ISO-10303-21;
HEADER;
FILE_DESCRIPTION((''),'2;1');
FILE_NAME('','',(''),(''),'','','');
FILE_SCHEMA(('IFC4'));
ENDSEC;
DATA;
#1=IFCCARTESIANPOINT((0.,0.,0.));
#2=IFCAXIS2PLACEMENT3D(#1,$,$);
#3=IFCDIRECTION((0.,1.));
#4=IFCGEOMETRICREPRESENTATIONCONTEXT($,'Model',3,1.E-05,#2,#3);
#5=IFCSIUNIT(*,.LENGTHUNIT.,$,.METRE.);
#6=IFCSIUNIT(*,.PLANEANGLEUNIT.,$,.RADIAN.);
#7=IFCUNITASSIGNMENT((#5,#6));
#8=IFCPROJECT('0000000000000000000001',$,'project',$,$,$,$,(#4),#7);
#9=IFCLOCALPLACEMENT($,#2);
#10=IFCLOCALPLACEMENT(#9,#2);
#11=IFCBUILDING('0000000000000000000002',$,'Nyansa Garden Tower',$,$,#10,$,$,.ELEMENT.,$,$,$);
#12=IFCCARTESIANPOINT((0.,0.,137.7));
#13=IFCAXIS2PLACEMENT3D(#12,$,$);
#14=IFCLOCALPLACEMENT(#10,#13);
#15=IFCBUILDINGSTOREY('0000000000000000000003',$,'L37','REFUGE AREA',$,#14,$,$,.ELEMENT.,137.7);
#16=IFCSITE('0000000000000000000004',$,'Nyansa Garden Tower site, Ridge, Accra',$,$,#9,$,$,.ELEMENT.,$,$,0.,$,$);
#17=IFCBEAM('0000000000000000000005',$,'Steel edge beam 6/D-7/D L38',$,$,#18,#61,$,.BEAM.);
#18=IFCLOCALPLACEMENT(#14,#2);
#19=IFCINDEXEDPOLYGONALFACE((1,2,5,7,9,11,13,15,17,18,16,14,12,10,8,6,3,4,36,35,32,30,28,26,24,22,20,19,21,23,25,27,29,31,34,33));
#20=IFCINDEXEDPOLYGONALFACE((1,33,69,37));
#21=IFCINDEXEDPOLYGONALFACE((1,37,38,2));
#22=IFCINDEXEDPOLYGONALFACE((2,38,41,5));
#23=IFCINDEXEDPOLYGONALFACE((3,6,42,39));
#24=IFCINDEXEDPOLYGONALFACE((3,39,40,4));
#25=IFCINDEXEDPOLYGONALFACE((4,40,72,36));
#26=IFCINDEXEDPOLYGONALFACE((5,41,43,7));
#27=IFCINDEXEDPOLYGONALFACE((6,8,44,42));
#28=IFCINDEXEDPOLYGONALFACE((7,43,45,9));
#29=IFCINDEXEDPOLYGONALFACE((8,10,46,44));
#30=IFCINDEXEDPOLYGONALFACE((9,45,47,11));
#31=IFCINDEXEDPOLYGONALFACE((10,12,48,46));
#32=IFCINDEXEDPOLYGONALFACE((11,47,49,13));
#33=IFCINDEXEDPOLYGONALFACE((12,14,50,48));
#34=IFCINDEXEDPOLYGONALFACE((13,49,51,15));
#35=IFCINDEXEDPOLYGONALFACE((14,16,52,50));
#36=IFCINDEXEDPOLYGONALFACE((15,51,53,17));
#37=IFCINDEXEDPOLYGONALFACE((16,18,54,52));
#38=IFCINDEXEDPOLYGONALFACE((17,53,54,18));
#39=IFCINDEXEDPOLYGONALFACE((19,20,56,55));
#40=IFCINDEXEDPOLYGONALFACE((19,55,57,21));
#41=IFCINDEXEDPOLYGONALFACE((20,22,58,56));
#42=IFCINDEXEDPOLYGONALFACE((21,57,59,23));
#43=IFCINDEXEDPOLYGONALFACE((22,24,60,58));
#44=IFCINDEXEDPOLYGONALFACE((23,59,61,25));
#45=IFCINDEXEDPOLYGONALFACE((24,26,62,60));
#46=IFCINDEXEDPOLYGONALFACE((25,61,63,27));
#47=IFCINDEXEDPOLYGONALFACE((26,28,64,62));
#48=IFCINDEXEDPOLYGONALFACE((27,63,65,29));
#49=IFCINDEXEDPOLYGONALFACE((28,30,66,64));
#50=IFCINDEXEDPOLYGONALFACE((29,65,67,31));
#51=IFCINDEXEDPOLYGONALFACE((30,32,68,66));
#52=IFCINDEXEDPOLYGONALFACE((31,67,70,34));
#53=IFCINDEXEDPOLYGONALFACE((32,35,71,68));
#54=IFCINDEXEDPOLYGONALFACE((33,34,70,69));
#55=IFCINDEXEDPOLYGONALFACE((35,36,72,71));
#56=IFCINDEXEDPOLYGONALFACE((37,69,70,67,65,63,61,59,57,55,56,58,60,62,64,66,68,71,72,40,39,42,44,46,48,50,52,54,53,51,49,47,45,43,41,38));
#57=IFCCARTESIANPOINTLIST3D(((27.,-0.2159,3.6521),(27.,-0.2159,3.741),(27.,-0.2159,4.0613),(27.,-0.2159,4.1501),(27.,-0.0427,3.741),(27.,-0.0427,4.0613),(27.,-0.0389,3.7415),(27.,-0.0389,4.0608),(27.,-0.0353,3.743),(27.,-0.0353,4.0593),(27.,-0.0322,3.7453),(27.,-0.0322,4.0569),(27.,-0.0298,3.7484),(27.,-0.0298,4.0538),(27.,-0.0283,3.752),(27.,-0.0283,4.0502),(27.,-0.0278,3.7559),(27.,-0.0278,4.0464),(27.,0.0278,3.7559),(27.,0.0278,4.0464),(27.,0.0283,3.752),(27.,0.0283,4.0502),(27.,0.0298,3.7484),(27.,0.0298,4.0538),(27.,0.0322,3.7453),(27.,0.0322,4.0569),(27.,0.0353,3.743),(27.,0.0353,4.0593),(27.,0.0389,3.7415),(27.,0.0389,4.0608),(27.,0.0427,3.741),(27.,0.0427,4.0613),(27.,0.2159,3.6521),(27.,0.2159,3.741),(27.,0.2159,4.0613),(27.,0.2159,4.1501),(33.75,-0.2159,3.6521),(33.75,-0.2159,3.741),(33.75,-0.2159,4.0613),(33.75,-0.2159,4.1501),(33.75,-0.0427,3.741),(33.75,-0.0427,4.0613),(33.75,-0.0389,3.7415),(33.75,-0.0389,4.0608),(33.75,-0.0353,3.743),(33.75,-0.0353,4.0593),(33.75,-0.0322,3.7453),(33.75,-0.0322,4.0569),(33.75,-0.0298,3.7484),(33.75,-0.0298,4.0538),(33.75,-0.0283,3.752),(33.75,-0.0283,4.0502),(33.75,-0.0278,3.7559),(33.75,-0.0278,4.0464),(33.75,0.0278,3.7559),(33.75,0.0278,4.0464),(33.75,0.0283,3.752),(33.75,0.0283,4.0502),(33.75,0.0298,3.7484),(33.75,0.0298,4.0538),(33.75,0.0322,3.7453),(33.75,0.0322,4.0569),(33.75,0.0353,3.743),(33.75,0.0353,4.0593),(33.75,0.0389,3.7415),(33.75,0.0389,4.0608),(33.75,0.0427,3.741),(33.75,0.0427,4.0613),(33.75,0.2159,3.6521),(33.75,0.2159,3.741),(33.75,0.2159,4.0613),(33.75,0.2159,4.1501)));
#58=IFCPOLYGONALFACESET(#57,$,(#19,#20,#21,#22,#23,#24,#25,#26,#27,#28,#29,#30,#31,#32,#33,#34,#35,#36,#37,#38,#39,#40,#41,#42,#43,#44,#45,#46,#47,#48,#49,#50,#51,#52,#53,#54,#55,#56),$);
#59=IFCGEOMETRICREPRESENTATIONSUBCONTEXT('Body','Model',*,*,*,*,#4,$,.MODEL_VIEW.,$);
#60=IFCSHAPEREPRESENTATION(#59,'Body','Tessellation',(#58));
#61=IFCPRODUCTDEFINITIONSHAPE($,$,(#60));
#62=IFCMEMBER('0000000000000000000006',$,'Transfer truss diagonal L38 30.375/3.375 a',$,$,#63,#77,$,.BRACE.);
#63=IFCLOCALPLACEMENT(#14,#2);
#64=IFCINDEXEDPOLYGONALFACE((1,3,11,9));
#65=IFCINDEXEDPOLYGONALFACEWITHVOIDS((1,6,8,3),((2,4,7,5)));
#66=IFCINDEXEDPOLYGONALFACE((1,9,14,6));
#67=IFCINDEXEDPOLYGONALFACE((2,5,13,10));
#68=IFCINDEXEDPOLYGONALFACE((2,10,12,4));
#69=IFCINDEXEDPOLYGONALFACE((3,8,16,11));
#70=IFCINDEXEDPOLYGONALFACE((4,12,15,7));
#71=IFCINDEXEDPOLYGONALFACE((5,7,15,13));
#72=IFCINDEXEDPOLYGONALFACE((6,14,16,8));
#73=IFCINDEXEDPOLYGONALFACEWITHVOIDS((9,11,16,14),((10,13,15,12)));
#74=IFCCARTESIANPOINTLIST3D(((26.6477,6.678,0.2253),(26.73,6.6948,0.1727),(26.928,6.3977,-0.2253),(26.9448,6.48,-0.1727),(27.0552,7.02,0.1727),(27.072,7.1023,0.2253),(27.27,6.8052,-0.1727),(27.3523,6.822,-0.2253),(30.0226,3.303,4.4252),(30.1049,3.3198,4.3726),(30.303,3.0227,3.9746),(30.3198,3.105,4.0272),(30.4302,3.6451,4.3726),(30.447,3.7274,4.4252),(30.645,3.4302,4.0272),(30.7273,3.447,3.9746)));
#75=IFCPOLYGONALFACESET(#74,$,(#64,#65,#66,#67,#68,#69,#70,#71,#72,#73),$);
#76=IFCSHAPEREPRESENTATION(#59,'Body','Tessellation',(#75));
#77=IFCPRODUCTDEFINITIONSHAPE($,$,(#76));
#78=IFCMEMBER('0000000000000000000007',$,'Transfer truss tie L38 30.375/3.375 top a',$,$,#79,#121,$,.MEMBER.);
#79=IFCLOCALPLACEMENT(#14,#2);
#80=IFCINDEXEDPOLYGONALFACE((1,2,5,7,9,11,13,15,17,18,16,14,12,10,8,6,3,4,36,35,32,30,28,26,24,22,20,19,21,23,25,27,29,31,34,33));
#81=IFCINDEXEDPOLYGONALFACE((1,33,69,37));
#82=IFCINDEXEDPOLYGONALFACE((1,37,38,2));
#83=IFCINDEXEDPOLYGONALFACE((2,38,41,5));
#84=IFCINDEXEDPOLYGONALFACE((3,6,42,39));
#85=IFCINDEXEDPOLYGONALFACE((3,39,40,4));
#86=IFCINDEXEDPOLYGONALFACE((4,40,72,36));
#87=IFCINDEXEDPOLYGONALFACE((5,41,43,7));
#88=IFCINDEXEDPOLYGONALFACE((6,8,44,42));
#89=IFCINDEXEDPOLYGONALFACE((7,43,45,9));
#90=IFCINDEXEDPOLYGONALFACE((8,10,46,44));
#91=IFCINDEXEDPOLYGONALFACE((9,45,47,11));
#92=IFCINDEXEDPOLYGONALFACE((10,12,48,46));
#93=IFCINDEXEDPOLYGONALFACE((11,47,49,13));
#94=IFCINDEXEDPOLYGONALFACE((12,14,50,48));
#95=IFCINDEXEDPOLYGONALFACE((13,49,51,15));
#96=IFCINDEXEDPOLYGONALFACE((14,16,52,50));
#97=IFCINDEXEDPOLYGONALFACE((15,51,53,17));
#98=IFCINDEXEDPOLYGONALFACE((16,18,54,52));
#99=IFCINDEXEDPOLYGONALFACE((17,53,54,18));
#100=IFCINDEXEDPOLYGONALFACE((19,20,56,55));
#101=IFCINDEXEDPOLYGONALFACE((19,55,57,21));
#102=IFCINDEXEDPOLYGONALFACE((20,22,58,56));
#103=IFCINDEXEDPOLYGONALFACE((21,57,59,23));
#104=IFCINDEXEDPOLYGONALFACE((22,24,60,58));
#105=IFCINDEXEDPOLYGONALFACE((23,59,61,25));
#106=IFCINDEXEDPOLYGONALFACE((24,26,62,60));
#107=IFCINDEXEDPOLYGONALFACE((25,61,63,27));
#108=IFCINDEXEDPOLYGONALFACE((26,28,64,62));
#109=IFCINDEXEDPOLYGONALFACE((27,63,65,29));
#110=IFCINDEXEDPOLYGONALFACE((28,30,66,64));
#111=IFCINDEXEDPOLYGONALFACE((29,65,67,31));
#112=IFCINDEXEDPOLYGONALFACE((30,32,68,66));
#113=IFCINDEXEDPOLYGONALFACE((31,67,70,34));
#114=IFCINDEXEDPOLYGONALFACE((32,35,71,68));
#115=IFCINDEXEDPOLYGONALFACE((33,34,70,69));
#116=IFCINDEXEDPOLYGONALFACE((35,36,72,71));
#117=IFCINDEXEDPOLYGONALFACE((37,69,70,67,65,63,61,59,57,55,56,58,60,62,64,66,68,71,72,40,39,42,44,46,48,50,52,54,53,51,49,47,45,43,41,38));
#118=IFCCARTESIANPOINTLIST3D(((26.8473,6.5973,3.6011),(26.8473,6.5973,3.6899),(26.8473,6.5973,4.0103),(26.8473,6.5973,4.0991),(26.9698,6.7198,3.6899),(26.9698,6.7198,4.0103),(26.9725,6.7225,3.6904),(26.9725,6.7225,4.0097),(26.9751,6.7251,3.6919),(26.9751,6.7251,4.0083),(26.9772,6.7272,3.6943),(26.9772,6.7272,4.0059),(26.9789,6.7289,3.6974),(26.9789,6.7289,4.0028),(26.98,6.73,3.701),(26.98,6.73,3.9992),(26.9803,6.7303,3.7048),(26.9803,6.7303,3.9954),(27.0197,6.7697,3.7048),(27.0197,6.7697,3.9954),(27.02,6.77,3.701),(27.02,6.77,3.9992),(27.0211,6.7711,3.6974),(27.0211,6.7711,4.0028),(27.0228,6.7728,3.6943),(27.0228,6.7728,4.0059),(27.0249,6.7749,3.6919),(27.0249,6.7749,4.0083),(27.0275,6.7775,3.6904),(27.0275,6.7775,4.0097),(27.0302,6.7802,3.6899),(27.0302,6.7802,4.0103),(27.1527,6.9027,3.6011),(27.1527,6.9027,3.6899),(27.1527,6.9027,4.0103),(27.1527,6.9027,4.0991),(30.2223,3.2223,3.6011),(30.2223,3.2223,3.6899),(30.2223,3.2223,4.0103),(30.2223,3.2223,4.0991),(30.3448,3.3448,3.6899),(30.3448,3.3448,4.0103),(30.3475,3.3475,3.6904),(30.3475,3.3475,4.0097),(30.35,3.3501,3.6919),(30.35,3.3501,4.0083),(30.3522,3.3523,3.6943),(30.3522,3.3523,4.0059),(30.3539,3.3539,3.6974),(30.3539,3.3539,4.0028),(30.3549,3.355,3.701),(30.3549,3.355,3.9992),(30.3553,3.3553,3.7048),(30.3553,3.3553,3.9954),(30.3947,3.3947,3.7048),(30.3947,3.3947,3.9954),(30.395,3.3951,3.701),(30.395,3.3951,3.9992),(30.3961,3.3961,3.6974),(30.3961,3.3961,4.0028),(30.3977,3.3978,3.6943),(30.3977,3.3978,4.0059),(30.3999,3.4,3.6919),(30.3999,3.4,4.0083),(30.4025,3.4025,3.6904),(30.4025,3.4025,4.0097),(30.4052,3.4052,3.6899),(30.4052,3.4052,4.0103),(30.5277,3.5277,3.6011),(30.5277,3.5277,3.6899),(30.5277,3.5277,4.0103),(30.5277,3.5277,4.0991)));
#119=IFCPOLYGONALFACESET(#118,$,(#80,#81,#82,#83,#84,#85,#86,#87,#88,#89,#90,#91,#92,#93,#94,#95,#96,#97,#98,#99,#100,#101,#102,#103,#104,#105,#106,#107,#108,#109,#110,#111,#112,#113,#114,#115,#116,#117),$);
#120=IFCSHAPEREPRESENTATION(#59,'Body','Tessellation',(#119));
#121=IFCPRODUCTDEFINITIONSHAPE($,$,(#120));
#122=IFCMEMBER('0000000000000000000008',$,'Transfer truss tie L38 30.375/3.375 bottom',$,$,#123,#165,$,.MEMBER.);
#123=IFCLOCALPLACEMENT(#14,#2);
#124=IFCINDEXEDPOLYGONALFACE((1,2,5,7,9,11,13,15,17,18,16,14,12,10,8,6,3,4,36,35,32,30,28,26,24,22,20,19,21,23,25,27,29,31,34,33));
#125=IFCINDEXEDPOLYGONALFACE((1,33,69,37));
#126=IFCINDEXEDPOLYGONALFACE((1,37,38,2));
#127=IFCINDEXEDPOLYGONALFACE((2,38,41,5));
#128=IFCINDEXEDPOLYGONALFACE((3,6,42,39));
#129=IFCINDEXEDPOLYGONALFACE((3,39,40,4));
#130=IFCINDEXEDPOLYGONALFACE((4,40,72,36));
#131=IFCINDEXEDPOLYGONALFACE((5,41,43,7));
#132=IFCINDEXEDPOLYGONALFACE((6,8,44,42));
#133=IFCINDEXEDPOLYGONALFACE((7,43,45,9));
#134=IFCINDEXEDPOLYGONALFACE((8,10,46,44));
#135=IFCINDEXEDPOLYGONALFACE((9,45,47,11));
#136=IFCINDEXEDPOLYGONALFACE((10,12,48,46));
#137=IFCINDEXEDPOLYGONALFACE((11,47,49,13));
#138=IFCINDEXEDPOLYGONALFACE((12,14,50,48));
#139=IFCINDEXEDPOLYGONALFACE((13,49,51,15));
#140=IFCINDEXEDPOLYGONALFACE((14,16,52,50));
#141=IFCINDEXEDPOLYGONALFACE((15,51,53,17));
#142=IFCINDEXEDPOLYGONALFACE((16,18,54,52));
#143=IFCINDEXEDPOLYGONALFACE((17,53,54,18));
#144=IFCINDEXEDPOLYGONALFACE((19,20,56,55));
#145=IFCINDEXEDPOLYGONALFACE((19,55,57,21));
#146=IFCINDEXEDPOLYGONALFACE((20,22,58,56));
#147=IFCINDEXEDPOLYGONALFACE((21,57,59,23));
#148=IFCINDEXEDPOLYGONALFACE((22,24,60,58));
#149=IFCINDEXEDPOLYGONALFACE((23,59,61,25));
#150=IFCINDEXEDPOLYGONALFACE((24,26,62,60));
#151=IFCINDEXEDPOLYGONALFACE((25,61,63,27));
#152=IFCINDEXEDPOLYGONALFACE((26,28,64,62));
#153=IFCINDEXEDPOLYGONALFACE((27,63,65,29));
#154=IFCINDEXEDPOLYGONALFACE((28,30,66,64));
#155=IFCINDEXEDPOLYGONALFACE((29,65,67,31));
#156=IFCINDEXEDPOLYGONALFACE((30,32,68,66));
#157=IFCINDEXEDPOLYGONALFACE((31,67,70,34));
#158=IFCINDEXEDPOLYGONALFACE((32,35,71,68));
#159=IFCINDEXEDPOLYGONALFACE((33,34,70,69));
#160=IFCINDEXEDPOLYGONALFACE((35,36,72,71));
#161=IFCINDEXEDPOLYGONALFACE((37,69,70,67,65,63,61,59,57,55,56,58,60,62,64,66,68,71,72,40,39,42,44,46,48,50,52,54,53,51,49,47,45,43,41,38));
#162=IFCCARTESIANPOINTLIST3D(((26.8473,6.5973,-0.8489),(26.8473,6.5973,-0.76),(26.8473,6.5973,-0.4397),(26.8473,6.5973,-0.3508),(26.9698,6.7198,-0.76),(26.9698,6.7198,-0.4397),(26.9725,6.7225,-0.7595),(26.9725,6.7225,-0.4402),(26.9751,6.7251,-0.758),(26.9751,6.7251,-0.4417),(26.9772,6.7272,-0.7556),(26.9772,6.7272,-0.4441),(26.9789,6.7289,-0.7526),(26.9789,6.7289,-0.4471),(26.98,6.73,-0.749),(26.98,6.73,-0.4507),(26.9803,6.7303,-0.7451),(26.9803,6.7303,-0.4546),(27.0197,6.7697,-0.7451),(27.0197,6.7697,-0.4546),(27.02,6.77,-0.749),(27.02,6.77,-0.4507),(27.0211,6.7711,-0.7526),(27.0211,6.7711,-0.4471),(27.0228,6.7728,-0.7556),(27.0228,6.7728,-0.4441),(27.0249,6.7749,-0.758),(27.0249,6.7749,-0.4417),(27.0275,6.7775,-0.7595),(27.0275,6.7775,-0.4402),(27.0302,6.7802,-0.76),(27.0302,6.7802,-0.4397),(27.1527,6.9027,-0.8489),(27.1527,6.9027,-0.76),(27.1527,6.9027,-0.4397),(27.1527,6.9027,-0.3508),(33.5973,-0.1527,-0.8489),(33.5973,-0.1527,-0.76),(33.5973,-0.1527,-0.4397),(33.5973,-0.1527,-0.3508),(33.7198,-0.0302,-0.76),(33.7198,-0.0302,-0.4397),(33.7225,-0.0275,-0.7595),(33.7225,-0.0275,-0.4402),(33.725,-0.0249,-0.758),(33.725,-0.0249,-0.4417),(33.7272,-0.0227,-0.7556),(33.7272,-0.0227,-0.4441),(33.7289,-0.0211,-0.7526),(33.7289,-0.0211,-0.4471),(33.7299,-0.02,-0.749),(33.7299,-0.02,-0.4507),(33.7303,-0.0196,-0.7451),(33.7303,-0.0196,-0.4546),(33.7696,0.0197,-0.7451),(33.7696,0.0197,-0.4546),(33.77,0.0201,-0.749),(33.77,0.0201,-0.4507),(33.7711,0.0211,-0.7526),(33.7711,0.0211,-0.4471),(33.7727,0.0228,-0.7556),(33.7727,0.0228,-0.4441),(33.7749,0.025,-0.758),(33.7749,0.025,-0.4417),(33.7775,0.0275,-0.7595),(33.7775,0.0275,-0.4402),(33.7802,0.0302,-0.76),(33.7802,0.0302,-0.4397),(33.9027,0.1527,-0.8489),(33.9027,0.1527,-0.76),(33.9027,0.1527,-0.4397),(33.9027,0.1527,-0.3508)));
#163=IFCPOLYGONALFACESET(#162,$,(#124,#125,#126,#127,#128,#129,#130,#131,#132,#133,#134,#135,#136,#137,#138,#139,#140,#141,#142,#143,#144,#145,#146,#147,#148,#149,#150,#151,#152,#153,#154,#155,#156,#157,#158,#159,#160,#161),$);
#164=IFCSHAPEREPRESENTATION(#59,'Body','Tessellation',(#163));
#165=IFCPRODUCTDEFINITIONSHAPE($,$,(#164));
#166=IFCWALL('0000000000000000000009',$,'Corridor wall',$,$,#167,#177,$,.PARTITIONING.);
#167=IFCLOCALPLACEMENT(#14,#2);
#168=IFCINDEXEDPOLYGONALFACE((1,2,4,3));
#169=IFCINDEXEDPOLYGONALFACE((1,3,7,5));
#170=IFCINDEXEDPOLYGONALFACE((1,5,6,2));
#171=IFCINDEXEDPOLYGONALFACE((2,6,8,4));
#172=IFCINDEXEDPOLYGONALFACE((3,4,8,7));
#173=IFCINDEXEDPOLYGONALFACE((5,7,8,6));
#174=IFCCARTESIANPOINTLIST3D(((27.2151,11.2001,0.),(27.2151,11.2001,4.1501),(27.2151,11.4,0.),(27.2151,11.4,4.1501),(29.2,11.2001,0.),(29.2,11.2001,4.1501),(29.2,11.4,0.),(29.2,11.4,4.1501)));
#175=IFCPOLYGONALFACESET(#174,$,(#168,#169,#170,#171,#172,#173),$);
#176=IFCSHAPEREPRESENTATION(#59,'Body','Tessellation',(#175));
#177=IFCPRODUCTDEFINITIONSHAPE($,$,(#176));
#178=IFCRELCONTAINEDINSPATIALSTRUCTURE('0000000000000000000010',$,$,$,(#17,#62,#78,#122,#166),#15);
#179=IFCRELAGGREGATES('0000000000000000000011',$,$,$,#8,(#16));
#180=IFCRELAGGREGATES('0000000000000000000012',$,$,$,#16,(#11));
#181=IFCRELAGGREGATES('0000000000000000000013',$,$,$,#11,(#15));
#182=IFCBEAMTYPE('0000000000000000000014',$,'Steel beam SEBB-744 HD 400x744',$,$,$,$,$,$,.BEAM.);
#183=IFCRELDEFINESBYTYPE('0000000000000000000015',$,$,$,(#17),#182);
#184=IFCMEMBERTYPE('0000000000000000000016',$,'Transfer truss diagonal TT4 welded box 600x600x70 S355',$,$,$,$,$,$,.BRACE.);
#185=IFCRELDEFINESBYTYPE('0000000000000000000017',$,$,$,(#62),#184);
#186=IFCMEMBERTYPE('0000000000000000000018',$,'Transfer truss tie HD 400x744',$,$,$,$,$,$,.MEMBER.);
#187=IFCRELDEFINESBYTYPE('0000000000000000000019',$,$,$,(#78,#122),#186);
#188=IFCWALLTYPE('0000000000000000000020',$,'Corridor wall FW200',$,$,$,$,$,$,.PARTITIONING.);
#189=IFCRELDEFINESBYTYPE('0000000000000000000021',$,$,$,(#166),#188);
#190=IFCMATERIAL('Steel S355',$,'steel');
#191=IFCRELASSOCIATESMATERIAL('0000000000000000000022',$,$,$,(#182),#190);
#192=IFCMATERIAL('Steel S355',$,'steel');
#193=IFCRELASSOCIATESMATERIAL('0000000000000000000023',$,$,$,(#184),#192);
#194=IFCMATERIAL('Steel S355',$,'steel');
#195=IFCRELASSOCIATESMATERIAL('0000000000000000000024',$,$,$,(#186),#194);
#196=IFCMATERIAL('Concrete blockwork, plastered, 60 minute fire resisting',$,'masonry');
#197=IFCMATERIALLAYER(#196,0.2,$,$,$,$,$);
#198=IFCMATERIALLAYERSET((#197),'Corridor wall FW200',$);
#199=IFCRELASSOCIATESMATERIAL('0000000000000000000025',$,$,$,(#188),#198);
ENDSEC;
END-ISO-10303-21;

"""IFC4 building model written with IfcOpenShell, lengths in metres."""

from ifc_helpers import new_model, si_unit, direction, frame, frame_2d, origin, origin_2d, place, context, subcontext, project, spatial, rectangle, hollow_rectangle, i_section, extrude, material, layer, layer_set, material_profile, profile_set, type_object, element, save


model = new_model("IFC4")

# Units and contexts
model_context = context("Model", 3, precision=1e-05, world=origin(), true_north=direction((0.0, 1.0)))
body_context = subcontext(model_context, "Body", "Model", "MODEL_VIEW")
ifc_project = project(units=[si_unit("LENGTHUNIT", "METRE"), si_unit("PLANEANGLEUNIT", "RADIAN")], contexts=[model_context])

# Site, building, storey
site_placement = place(None, origin())
site = spatial("IfcSite", under=ifc_project, at=site_placement, Name="Nyansa Garden Tower site, Ridge, Accra", CompositionType="ELEMENT", RefElevation=0.0)
building_placement = place(site_placement, origin())
building = spatial("IfcBuilding", under=site, at=building_placement, Name="Nyansa Garden Tower", CompositionType="ELEMENT")
storey_placement = place(building_placement, frame((0.0, 0.0, 137.7)))
storey = spatial("IfcBuildingStorey", under=building, at=storey_placement, Name="L37", Description="REFUGE AREA", CompositionType="ELEMENT", Elevation=137.7)

# Beam
ifc_material_1 = material(Name="Steel S355", Category="steel")
ifc_material_profile_1 = material_profile(ifc_material_1, i_section(OverallWidth=0.4319, OverallDepth=0.498, WebThickness=0.0557, FlangeThickness=0.0889, FilletRadius=0.0149, at=origin_2d()), Name="HD 400x744")
ifc_profile_set_1 = profile_set([ifc_material_profile_1], Name="Steel S355")
beam_type_1 = type_object("IfcBeamType", Name="Steel beam SEBB-744 HD 400x744", PredefinedType="BEAM", material=ifc_profile_set_1)
beam_1_placement = place(storey_placement, frame((27.0, 0.0, 3.9011), z_axis=(1.0, 0.0, 0.0), x_axis=(0.0, 1.0, 0.0)))
element("IfcBeam", 1, at=beam_1_placement, inside=storey, type_object=beam_type_1, Name="Steel edge beam 6/D-7/D L38", PredefinedType="BEAM", context=body_context, shape_type="SweptSolid", body=[
    extrude(i_section(OverallWidth=0.4319, OverallDepth=0.498, WebThickness=0.0557, FlangeThickness=0.0889, FilletRadius=0.0149, at=origin_2d()), origin(), (0.0, 0.0, 1.0), 6.75),
])

# Members
ifc_material_2 = material(Name="Steel S355", Category="steel")
ifc_material_profile_2 = material_profile(ifc_material_2, hollow_rectangle(XDim=0.6001, YDim=0.6001, WallThickness=0.0701, at=origin_2d()), Name="Welded box 600x600x70")
ifc_profile_set_2 = profile_set([ifc_material_profile_2], Name="Steel S355")
member_type_1 = type_object("IfcMemberType", Name="Transfer truss diagonal TT4 welded box 600x600x70 S355", PredefinedType="BRACE", material=ifc_profile_set_2)
member_1_placement = place(storey_placement, frame((27.0, 6.75, 0.0), z_axis=(0.530849, -0.530849, 0.660605), x_axis=(0.707107, 0.707107, 0.0)))
element("IfcMember", 2, at=member_1_placement, inside=storey, type_object=member_type_1, Name="Transfer truss diagonal L38 30.375/3.375 a", PredefinedType="BRACE", context=body_context, shape_type="SweptSolid", body=[
    extrude(hollow_rectangle(XDim=0.6001, YDim=0.6001, WallThickness=0.0701, at=origin_2d()), origin(), (0.0, 0.0, 1.0), 6.3577),
])
ifc_material_3 = material(Name="Steel S355", Category="steel")
ifc_material_profile_3 = material_profile(ifc_material_3, i_section(OverallWidth=0.4319, OverallDepth=0.498, WebThickness=0.0557, FlangeThickness=0.0889, FilletRadius=0.0149, at=origin_2d()), Name="HD 400x744")
ifc_profile_set_3 = profile_set([ifc_material_profile_3], Name="Steel S355")
member_type_2 = type_object("IfcMemberType", Name="Transfer truss tie HD 400x744", PredefinedType="MEMBER", material=ifc_profile_set_3)
member_2_placement = place(storey_placement, frame((27.0, 6.75, 3.8501), z_axis=(0.707107, -0.707107, 0.0), x_axis=(0.707107, 0.707107, 0.0)))
element("IfcMember", 3, at=member_2_placement, inside=storey, type_object=member_type_2, Name="Transfer truss tie L38 30.375/3.375 top a", PredefinedType="MEMBER", context=body_context, shape_type="SweptSolid", body=[
    extrude(i_section(OverallWidth=0.4319, OverallDepth=0.498, WebThickness=0.0557, FlangeThickness=0.0889, FilletRadius=0.0149, at=origin_2d()), origin(), (0.0, 0.0, 1.0), 4.7729),
])
member_3_placement = place(storey_placement, frame((27.0, 6.75, -0.5999), z_axis=(0.707107, -0.707107, 0.0), x_axis=(0.707107, 0.707107, 0.0)))
element("IfcMember", 4, at=member_3_placement, inside=storey, type_object=member_type_2, Name="Transfer truss tie L38 30.375/3.375 bottom", PredefinedType="MEMBER", context=body_context, shape_type="SweptSolid", body=[
    extrude(i_section(OverallWidth=0.4319, OverallDepth=0.498, WebThickness=0.0557, FlangeThickness=0.0889, FilletRadius=0.0149, at=origin_2d()), origin(), (0.0, 0.0, 1.0), 9.5459),
])

# Wall
ifc_material_4 = material(Name="Concrete blockwork, plastered, 60 minute fire resisting", Category="masonry")
ifc_layer = layer(ifc_material_4, 0.2)
ifc_layer_set = layer_set([ifc_layer], Name="Corridor wall FW200")
wall_type = type_object("IfcWallType", Name="Corridor wall FW200", PredefinedType="PARTITIONING", material=ifc_layer_set)
wall_placement = place(storey_placement, frame((27.2151, 11.3, 0.0), z_axis=(0.0, 0.0, 1.0), x_axis=(1.0, 0.0, 0.0)))
element("IfcWall", 5, at=wall_placement, inside=storey, type_object=wall_type, Name="Corridor wall", PredefinedType="PARTITIONING", context=body_context, shape_type="SweptSolid", body=[
    extrude(rectangle(XDim=1.9849, YDim=0.2, at=frame_2d((0.9924, 0.0))), origin(), (0.0, 0.0, 1.0), 4.1501),
])

save(model, "model.ifc")
